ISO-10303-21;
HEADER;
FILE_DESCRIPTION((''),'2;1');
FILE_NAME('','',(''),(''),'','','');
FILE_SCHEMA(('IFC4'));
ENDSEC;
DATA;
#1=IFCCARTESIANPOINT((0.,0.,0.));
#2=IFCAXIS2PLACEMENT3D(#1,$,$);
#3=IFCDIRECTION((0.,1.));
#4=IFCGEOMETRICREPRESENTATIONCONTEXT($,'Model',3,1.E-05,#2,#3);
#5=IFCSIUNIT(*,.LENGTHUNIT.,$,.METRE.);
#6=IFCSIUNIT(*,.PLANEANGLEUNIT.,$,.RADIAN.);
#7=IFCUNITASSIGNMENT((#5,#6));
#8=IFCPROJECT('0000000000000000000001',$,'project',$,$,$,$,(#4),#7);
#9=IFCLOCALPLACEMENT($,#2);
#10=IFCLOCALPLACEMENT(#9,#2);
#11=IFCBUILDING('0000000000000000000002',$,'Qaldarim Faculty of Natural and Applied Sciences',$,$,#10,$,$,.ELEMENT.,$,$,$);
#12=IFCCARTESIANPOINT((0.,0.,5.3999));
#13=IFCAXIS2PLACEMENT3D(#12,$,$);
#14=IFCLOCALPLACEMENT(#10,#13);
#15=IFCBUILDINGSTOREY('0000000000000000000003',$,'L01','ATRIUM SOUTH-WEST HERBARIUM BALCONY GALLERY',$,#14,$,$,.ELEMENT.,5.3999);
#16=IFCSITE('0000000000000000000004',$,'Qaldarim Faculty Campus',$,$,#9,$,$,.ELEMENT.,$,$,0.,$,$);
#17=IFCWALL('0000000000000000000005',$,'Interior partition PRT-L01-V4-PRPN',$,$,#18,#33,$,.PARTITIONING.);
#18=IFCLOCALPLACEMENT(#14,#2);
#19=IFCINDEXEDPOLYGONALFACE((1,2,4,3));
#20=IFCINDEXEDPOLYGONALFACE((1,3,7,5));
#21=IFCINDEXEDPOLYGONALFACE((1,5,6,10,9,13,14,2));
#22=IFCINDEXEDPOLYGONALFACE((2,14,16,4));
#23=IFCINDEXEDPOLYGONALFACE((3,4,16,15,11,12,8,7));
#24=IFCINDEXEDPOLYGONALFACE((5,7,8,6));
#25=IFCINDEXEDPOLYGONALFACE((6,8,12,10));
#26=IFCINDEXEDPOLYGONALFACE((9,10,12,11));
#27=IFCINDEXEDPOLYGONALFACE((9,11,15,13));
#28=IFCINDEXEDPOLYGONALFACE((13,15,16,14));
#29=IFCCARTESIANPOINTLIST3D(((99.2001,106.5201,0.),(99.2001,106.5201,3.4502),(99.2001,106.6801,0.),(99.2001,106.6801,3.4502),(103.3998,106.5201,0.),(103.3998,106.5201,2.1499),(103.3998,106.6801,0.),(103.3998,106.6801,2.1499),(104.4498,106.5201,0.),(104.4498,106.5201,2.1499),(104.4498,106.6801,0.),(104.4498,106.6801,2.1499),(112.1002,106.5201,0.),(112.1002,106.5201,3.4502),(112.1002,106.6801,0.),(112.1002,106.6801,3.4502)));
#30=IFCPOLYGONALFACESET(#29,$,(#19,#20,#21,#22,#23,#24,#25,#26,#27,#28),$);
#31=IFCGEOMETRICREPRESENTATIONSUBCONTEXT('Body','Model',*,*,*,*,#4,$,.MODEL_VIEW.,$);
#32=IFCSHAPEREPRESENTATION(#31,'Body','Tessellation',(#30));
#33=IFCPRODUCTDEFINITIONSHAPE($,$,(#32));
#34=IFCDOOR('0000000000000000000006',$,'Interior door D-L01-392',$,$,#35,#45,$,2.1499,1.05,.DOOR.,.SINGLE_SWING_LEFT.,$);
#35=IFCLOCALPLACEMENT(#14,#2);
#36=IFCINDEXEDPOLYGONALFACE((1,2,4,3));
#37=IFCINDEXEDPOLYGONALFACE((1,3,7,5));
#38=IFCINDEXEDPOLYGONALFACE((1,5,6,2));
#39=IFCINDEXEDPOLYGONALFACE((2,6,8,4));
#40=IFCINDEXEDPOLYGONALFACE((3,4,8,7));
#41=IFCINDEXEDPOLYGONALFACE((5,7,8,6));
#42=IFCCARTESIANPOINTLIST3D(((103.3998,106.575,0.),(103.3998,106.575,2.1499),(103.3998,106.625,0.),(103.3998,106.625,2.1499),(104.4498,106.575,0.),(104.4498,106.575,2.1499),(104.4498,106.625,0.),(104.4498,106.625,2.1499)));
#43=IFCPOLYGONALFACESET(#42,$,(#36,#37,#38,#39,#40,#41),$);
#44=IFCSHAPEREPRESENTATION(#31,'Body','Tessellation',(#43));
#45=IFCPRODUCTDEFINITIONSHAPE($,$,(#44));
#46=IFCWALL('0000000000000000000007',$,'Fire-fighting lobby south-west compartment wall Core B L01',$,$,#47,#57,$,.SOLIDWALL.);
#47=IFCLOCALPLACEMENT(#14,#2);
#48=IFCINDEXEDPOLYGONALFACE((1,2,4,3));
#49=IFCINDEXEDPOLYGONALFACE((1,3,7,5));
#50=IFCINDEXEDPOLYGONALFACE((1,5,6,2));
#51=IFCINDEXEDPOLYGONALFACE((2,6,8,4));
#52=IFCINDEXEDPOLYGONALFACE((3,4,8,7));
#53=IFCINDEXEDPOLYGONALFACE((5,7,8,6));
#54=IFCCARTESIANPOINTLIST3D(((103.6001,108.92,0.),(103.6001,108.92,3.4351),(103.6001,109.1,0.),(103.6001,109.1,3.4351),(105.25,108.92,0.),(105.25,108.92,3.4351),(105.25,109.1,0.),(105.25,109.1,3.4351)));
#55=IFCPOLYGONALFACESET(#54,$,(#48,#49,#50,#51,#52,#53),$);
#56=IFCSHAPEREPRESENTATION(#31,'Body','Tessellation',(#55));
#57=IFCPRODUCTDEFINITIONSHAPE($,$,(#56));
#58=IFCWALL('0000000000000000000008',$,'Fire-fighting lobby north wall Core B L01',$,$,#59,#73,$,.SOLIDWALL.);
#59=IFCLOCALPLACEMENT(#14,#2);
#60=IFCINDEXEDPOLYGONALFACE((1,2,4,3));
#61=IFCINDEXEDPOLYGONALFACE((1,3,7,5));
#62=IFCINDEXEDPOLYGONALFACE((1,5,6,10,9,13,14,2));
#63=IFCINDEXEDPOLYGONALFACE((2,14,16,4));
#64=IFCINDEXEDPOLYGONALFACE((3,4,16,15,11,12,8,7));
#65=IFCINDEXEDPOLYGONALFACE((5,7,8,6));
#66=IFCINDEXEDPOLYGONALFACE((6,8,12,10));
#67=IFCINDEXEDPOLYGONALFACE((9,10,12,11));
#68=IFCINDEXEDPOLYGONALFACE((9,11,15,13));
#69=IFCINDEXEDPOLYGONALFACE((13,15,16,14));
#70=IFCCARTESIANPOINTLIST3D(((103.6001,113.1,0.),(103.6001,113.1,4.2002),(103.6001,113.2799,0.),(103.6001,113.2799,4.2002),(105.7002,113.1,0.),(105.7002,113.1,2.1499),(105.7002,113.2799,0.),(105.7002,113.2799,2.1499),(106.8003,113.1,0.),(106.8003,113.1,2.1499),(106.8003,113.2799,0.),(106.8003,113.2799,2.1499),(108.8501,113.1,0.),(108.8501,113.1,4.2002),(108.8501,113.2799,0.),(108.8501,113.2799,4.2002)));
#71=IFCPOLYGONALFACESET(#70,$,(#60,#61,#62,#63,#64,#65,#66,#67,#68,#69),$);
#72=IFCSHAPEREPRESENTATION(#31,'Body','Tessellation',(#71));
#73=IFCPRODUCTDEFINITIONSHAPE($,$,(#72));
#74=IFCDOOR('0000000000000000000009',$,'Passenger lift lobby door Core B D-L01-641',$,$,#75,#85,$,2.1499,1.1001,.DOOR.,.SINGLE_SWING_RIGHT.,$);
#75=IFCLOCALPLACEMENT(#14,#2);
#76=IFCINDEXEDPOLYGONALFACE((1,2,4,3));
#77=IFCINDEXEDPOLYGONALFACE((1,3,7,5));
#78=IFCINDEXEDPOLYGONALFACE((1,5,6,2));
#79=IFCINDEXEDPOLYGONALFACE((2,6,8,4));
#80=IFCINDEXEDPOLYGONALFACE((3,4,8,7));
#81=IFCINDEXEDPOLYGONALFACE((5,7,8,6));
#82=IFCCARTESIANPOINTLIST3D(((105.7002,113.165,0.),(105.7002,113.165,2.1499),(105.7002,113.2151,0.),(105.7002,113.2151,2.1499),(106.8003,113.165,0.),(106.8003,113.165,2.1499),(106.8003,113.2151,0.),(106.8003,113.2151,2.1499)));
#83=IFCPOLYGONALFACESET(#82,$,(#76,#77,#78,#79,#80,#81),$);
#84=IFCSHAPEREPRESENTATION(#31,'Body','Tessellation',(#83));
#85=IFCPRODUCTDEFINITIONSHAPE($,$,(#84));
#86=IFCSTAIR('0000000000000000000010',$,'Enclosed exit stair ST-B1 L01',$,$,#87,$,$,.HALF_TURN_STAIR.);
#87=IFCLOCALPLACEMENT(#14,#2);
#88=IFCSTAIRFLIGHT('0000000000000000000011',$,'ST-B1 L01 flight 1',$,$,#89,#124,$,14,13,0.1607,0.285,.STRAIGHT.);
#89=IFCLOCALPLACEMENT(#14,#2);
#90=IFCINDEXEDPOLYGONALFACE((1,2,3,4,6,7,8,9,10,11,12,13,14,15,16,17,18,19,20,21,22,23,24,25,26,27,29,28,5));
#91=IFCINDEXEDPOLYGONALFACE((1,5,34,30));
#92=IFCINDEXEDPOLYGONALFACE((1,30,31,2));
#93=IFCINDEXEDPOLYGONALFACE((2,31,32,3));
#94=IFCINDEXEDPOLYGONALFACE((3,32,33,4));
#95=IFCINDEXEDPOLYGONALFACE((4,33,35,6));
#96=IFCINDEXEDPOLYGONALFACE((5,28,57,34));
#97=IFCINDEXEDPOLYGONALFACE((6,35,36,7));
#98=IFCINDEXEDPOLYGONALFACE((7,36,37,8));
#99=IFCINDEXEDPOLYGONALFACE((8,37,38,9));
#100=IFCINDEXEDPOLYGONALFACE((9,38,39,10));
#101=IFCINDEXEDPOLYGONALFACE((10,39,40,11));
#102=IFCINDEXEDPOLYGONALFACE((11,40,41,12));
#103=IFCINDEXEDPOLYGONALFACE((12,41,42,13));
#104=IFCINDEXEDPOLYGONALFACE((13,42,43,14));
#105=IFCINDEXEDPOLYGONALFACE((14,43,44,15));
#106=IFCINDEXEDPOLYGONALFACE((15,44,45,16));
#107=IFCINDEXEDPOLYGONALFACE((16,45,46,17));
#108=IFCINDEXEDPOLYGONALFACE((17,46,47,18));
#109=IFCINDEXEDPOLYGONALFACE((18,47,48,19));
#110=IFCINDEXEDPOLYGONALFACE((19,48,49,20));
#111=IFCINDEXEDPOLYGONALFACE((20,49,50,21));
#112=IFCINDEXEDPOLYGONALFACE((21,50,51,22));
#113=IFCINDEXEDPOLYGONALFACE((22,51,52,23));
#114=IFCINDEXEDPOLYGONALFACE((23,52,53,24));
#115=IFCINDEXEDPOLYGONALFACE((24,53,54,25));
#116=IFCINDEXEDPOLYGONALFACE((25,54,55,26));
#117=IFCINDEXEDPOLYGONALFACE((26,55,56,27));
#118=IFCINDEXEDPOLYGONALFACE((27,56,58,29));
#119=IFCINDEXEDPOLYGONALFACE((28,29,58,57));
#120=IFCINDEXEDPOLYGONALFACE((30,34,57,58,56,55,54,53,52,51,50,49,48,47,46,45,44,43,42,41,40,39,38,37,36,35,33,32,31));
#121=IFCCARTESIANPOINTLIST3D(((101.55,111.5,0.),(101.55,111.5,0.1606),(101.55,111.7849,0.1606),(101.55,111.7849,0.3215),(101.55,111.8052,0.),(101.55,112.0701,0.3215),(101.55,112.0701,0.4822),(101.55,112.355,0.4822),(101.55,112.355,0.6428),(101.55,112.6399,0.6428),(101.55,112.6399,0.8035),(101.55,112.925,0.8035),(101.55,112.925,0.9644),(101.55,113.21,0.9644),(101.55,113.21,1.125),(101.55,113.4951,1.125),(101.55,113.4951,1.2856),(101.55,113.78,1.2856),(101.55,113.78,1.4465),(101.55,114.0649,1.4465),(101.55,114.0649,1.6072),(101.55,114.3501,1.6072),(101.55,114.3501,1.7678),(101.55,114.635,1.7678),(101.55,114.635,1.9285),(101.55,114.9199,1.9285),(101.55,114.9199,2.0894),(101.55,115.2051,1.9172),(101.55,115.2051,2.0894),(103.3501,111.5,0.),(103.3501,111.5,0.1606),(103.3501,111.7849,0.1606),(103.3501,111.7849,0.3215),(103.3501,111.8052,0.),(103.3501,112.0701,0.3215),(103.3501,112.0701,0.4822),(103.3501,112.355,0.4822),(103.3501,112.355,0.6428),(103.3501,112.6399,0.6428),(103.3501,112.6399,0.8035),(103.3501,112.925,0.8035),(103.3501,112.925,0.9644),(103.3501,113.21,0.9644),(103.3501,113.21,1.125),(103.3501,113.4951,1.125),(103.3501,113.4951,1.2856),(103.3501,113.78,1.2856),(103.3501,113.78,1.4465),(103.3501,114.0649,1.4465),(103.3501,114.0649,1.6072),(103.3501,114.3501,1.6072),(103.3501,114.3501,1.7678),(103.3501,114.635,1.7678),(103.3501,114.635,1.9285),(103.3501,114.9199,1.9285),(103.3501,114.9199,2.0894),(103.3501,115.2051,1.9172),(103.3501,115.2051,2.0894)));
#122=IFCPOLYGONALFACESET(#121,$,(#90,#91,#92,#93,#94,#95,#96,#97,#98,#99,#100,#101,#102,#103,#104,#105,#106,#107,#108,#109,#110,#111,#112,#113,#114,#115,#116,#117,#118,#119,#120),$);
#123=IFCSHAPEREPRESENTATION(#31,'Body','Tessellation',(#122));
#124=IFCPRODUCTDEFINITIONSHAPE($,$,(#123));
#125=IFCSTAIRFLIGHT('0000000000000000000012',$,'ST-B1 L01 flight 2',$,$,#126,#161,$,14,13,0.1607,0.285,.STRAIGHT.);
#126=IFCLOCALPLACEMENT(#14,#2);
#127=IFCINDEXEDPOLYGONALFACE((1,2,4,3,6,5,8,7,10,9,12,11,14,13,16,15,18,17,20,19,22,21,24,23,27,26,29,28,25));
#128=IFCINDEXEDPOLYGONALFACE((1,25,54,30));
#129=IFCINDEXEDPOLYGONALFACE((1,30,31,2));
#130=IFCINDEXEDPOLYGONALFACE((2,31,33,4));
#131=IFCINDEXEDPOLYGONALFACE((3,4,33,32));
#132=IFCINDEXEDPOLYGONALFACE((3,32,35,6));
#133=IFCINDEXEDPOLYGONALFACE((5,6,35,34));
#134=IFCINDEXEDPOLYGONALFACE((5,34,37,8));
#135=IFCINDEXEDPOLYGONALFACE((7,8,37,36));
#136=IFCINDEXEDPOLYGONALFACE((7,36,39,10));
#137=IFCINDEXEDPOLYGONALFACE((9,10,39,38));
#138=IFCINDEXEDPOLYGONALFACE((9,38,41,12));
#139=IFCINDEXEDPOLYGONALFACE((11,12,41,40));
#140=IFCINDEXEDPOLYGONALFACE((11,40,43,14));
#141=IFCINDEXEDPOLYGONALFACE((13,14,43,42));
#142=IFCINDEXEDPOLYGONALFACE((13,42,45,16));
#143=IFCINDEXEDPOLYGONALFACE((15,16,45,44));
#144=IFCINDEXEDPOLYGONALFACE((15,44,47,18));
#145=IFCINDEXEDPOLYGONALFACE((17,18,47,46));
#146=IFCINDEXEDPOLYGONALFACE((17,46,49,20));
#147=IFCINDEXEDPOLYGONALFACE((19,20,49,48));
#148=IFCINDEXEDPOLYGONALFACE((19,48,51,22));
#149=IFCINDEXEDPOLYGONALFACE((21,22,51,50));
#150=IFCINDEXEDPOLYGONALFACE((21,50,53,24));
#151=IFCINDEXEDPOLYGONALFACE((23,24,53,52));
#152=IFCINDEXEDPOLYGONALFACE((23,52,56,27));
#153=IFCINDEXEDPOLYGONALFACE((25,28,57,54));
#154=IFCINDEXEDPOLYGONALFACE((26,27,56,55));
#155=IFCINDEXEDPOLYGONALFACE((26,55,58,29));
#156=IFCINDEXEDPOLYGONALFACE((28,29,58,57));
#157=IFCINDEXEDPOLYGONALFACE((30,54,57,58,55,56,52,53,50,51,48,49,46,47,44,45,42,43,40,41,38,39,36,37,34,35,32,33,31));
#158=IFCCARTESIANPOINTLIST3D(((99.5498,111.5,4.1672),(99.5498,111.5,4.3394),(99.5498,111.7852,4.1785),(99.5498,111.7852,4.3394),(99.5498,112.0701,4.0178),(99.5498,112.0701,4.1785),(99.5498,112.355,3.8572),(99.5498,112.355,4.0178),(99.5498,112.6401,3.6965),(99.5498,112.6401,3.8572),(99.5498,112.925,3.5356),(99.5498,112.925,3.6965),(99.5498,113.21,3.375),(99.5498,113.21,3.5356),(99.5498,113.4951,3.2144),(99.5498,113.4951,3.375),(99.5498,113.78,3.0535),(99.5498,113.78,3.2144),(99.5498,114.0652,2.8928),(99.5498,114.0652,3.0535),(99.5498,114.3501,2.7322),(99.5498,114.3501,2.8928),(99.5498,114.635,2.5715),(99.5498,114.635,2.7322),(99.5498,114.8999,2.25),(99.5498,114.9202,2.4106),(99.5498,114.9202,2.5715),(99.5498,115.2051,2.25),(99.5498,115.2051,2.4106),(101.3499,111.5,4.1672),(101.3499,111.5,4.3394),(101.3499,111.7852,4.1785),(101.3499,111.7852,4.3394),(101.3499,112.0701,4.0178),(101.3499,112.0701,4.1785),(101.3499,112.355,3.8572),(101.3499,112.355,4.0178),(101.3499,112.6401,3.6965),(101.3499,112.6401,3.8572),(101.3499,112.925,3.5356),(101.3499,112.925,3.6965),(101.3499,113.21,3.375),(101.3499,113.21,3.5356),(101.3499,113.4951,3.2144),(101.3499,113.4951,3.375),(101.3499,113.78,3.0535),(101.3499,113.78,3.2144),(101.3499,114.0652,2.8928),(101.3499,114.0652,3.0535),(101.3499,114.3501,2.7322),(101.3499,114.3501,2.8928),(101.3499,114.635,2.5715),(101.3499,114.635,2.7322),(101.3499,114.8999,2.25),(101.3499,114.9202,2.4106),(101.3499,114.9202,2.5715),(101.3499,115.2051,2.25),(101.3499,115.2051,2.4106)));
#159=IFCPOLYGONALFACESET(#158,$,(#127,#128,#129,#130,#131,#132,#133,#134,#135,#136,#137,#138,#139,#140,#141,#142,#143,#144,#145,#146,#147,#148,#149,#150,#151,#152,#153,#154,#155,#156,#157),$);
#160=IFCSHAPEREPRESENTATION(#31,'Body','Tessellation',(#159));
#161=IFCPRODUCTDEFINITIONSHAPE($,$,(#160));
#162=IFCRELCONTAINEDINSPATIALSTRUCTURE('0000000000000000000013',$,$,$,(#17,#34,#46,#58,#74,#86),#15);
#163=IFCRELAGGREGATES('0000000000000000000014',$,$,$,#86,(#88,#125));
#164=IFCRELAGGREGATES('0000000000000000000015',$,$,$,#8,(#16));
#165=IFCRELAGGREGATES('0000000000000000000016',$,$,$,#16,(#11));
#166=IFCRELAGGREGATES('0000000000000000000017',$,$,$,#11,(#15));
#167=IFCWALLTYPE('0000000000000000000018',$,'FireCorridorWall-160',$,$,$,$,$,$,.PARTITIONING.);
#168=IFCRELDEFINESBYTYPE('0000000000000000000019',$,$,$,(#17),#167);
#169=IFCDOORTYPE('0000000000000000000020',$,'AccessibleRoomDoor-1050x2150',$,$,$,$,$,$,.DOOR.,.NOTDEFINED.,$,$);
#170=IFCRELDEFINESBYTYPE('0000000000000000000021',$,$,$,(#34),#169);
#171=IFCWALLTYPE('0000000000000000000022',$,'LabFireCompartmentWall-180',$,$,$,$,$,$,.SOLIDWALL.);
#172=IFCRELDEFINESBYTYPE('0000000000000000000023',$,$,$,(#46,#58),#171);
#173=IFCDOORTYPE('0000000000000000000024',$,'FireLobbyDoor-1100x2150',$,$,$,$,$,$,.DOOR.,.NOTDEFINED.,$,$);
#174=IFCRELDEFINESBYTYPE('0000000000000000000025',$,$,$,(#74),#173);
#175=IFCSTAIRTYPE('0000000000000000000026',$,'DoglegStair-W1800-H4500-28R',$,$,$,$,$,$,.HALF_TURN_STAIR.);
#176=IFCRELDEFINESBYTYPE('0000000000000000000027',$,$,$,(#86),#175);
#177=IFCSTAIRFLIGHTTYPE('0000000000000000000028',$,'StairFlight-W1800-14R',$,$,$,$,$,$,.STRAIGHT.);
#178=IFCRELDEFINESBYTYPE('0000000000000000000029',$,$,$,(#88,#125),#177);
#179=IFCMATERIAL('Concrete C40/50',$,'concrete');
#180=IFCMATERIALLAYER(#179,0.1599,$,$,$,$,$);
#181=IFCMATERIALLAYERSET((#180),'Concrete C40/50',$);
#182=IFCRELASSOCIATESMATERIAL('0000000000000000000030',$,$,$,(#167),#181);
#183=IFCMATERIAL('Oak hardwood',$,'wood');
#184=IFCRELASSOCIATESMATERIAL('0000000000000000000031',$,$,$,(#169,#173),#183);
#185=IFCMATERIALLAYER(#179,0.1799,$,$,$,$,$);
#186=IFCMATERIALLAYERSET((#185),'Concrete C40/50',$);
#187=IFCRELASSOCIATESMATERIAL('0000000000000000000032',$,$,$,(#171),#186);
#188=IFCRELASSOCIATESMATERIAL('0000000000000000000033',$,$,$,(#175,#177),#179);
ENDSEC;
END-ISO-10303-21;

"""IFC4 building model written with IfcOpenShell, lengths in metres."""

from ifc_helpers import new_model, si_unit, direction, frame, frame_2d, origin, place, context, subcontext, project, spatial, polyline, rectangle, outline, extrude, material, layer, layer_set, type_object, element, fill, aggregate, save


model = new_model("IFC4")

# Units and contexts
model_context = context("Model", 3, precision=1e-05, world=origin(), true_north=direction((0.0, 1.0)))
body_context = subcontext(model_context, "Body", "Model", "MODEL_VIEW")
ifc_project = project(units=[si_unit("LENGTHUNIT", "METRE"), si_unit("PLANEANGLEUNIT", "RADIAN")], contexts=[model_context])

# Site, building, storey
site_placement = place(None, origin())
site = spatial("IfcSite", under=ifc_project, at=site_placement, Name="Qaldarim Faculty Campus", CompositionType="ELEMENT", RefElevation=0.0)
building_placement = place(site_placement, origin())
building = spatial("IfcBuilding", under=site, at=building_placement, Name="Qaldarim Faculty of Natural and Applied Sciences", CompositionType="ELEMENT")
storey_placement = place(building_placement, frame((0.0, 0.0, 5.3999)))
storey = spatial("IfcBuildingStorey", under=building, at=storey_placement, Name="L01", Description="ATRIUM SOUTH-WEST HERBARIUM BALCONY GALLERY", CompositionType="ELEMENT", Elevation=5.3999)

# Shared definitions
ifc_material_1 = material(Name="Concrete C40/50", Category="concrete")

# Wall, opening, door
ifc_layer_1 = layer(ifc_material_1, 0.1599)
ifc_layer_set_1 = layer_set([ifc_layer_1], Name="Concrete C40/50")
wall_type_1 = type_object("IfcWallType", Name="FireCorridorWall-160", PredefinedType="PARTITIONING", material=ifc_layer_set_1)
wall_1_placement = place(storey_placement, frame((99.2, 106.6001, 0.0), z_axis=(0.0, 0.0, 1.0), x_axis=(1.0, 0.0, 0.0)))
wall_1 = element("IfcWall", 1, at=wall_1_placement, inside=storey, type_object=wall_type_1, Name="Interior partition PRT-L01-V4-PRPN", PredefinedType="PARTITIONING", context=body_context, shape_type="SweptSolid", body=[
    extrude(rectangle(XDim=12.9001, YDim=0.1599, at=frame_2d((6.4502, 0.0))), origin(), (0.0, 0.0, 1.0), 3.4502),
])
opening_1_placement = place(wall_1_placement, frame((4.2, 0.0, 0.0)))
opening_1 = element("IfcOpeningElement", 2, at=opening_1_placement, cuts=wall_1, PredefinedType="OPENING", context=body_context, shape_type="SweptSolid", body=[
    extrude(rectangle(XDim=1.05, YDim=2.1499, at=frame_2d((0.5249, 1.075))), frame((0.0, 0.0898, 0.0), z_axis=(0.0, -1.0, 0.0), x_axis=(1.0, 0.0, 0.0)), (0.0, 0.0, 1.0), 0.1799),
])
ifc_material_2 = material(Name="Oak hardwood", Category="wood")
door_type_1 = type_object("IfcDoorType", Name="AccessibleRoomDoor-1050x2150", OperationType="NOTDEFINED", PredefinedType="DOOR", material=ifc_material_2)
door_1_placement = place(opening_1_placement, origin())
door_1 = element("IfcDoor", 3, at=door_1_placement, inside=storey, type_object=door_type_1, Name="Interior door D-L01-392", OperationType="SINGLE_SWING_LEFT", OverallHeight=2.1499, OverallWidth=1.05, PredefinedType="DOOR", context=body_context, shape_type="SweptSolid", body=[
    extrude(rectangle(XDim=1.05, YDim=2.1499, at=frame_2d((0.5249, 1.075))), frame((0.0, 0.0249, 0.0), z_axis=(0.0, -1.0, 0.0), x_axis=(1.0, 0.0, 0.0)), (0.0, 0.0, 1.0), 0.05),
])
fill(opening_1, door_1)

# Wall
ifc_layer_2 = layer(ifc_material_1, 0.1799)
ifc_layer_set_2 = layer_set([ifc_layer_2], Name="Concrete C40/50")
wall_type_2 = type_object("IfcWallType", Name="LabFireCompartmentWall-180", PredefinedType="SOLIDWALL", material=ifc_layer_set_2)
wall_2_placement = place(storey_placement, frame((103.6001, 109.01, 0.0), z_axis=(0.0, 0.0, 1.0), x_axis=(1.0, 0.0, 0.0)))
element("IfcWall", 4, at=wall_2_placement, inside=storey, type_object=wall_type_2, Name="Fire-fighting lobby south-west compartment wall Core B L01", PredefinedType="SOLIDWALL", context=body_context, shape_type="SweptSolid", body=[
    extrude(rectangle(XDim=1.6499, YDim=0.1799, at=frame_2d((0.825, 0.0))), origin(), (0.0, 0.0, 1.0), 3.4351),
])

# Wall, opening, door
wall_3_placement = place(storey_placement, frame((103.6001, 113.1899, 0.0), z_axis=(0.0, 0.0, 1.0), x_axis=(1.0, 0.0, 0.0)))
wall_3 = element("IfcWall", 5, at=wall_3_placement, inside=storey, type_object=wall_type_2, Name="Fire-fighting lobby north wall Core B L01", PredefinedType="SOLIDWALL", context=body_context, shape_type="SweptSolid", body=[
    extrude(rectangle(XDim=5.25, YDim=0.1799, at=frame_2d((2.625, 0.0))), origin(), (0.0, 0.0, 1.0), 4.2002),
])
opening_2_placement = place(wall_3_placement, frame((2.1001, 0.0, 0.0)))
opening_2 = element("IfcOpeningElement", 6, at=opening_2_placement, cuts=wall_3, PredefinedType="OPENING", context=body_context, shape_type="SweptSolid", body=[
    extrude(rectangle(XDim=1.1001, YDim=2.1499, at=frame_2d((0.55, 1.075))), frame((0.0, 0.0999, 0.0), z_axis=(0.0, -1.0, 0.0), x_axis=(1.0, 0.0, 0.0)), (0.0, 0.0, 1.0), 0.2),
])
door_type_2 = type_object("IfcDoorType", Name="FireLobbyDoor-1100x2150", OperationType="NOTDEFINED", PredefinedType="DOOR", material=ifc_material_2)
door_2_placement = place(opening_2_placement, frame((1.1001, 0.0, 0.0), z_axis=(0.0, 0.0, 1.0), x_axis=(-1.0, 0.0, 0.0)))
door_2 = element("IfcDoor", 7, at=door_2_placement, inside=storey, type_object=door_type_2, Name="Passenger lift lobby door Core B D-L01-641", OperationType="SINGLE_SWING_RIGHT", OverallHeight=2.1499, OverallWidth=1.1001, PredefinedType="DOOR", context=body_context, shape_type="SweptSolid", body=[
    extrude(rectangle(XDim=1.1001, YDim=2.1499, at=frame_2d((0.55, 1.075))), frame((0.0, 0.0249, 0.0), z_axis=(0.0, -1.0, 0.0), x_axis=(1.0, 0.0, 0.0)), (0.0, 0.0, 1.0), 0.05),
])
fill(opening_2, door_2)

# Stair, stair flights
stair_type = type_object("IfcStairType", Name="DoglegStair-W1800-H4500-28R", PredefinedType="HALF_TURN_STAIR", material=ifc_material_1)
stair_placement = place(storey_placement, origin())
stair = element("IfcStair", 8, at=stair_placement, inside=storey, type_object=stair_type, Name="Enclosed exit stair ST-B1 L01", PredefinedType="HALF_TURN_STAIR")
stair_flight_type = type_object("IfcStairFlightType", Name="StairFlight-W1800-14R", PredefinedType="STRAIGHT", material=ifc_material_1)
stair_flight_1_placement = place(storey_placement, frame((102.45, 111.5, 0.0), z_axis=(0.0, 0.0, 1.0), x_axis=(0.0, 1.0, 0.0)))
stair_flight_1 = element("IfcStairFlight", 9, at=stair_flight_1_placement, type_object=stair_flight_type, Name="ST-B1 L01 flight 1", NumberOfRisers=14, NumberOfTreads=13, PredefinedType="STRAIGHT", RiserHeight=0.1607, TreadLength=0.285, context=body_context, shape_type="SweptSolid", body=[
    extrude(outline(polyline([(0.0, 0.0), (0.0, 0.1606), (0.2849, 0.1606), (0.2849, 0.3215), (0.5701, 0.3215), (0.5701, 0.4822), (0.855, 0.4822), (0.855, 0.6428), (1.1399, 0.6428), (1.1399, 0.8035), (1.425, 0.8035), (1.425, 0.9644), (1.71, 0.9644), (1.71, 1.125), (1.9951, 1.125), (1.9951, 1.2856), (2.28, 1.2856), (2.28, 1.4465), (2.5649, 1.4465), (2.5649, 1.6072), (2.8501, 1.6072), (2.8501, 1.7678), (3.135, 1.7678), (3.135, 1.9285), (3.4199, 1.9285), (3.4199, 2.0894), (3.7051, 2.0894), (3.7051, 2.25), (3.7051, 1.9172), (0.3052, 0.0), (0.0, 0.0)])), frame((0.0, 0.8999, 0.0), z_axis=(0.0, -1.0, 0.0), x_axis=(1.0, 0.0, 0.0)), (0.0, 0.0, 1.0), 1.8),
])
stair_flight_2_placement = place(storey_placement, frame((100.45, 115.2051, 2.25), z_axis=(0.0, 0.0, 1.0), x_axis=(0.0, -1.0, 0.0)))
stair_flight_2 = element("IfcStairFlight", 10, at=stair_flight_2_placement, type_object=stair_flight_type, Name="ST-B1 L01 flight 2", NumberOfRisers=14, NumberOfTreads=13, PredefinedType="STRAIGHT", RiserHeight=0.1607, TreadLength=0.285, context=body_context, shape_type="SweptSolid", body=[
    extrude(outline(polyline([(0.0, 0.0), (0.0, 0.1606), (0.2849, 0.1606), (0.2849, 0.3215), (0.5701, 0.3215), (0.5701, 0.4822), (0.855, 0.4822), (0.855, 0.6428), (1.1399, 0.6428), (1.1399, 0.8035), (1.425, 0.8035), (1.425, 0.9644), (1.71, 0.9644), (1.71, 1.125), (1.9951, 1.125), (1.9951, 1.2856), (2.28, 1.2856), (2.28, 1.4465), (2.5649, 1.4465), (2.5649, 1.6072), (2.8501, 1.6072), (2.8501, 1.7678), (3.135, 1.7678), (3.135, 1.9285), (3.4199, 1.9285), (3.4199, 2.0894), (3.7051, 2.0894), (3.7051, 2.25), (3.7051, 1.9172), (0.3052, 0.0), (0.0, 0.0)])), frame((0.0, 0.8999, 0.0), z_axis=(0.0, -1.0, 0.0), x_axis=(1.0, 0.0, 0.0)), (0.0, 0.0, 1.0), 1.8),
])
aggregate(stair, [stair_flight_1, stair_flight_2])

save(model, "model.ifc")
